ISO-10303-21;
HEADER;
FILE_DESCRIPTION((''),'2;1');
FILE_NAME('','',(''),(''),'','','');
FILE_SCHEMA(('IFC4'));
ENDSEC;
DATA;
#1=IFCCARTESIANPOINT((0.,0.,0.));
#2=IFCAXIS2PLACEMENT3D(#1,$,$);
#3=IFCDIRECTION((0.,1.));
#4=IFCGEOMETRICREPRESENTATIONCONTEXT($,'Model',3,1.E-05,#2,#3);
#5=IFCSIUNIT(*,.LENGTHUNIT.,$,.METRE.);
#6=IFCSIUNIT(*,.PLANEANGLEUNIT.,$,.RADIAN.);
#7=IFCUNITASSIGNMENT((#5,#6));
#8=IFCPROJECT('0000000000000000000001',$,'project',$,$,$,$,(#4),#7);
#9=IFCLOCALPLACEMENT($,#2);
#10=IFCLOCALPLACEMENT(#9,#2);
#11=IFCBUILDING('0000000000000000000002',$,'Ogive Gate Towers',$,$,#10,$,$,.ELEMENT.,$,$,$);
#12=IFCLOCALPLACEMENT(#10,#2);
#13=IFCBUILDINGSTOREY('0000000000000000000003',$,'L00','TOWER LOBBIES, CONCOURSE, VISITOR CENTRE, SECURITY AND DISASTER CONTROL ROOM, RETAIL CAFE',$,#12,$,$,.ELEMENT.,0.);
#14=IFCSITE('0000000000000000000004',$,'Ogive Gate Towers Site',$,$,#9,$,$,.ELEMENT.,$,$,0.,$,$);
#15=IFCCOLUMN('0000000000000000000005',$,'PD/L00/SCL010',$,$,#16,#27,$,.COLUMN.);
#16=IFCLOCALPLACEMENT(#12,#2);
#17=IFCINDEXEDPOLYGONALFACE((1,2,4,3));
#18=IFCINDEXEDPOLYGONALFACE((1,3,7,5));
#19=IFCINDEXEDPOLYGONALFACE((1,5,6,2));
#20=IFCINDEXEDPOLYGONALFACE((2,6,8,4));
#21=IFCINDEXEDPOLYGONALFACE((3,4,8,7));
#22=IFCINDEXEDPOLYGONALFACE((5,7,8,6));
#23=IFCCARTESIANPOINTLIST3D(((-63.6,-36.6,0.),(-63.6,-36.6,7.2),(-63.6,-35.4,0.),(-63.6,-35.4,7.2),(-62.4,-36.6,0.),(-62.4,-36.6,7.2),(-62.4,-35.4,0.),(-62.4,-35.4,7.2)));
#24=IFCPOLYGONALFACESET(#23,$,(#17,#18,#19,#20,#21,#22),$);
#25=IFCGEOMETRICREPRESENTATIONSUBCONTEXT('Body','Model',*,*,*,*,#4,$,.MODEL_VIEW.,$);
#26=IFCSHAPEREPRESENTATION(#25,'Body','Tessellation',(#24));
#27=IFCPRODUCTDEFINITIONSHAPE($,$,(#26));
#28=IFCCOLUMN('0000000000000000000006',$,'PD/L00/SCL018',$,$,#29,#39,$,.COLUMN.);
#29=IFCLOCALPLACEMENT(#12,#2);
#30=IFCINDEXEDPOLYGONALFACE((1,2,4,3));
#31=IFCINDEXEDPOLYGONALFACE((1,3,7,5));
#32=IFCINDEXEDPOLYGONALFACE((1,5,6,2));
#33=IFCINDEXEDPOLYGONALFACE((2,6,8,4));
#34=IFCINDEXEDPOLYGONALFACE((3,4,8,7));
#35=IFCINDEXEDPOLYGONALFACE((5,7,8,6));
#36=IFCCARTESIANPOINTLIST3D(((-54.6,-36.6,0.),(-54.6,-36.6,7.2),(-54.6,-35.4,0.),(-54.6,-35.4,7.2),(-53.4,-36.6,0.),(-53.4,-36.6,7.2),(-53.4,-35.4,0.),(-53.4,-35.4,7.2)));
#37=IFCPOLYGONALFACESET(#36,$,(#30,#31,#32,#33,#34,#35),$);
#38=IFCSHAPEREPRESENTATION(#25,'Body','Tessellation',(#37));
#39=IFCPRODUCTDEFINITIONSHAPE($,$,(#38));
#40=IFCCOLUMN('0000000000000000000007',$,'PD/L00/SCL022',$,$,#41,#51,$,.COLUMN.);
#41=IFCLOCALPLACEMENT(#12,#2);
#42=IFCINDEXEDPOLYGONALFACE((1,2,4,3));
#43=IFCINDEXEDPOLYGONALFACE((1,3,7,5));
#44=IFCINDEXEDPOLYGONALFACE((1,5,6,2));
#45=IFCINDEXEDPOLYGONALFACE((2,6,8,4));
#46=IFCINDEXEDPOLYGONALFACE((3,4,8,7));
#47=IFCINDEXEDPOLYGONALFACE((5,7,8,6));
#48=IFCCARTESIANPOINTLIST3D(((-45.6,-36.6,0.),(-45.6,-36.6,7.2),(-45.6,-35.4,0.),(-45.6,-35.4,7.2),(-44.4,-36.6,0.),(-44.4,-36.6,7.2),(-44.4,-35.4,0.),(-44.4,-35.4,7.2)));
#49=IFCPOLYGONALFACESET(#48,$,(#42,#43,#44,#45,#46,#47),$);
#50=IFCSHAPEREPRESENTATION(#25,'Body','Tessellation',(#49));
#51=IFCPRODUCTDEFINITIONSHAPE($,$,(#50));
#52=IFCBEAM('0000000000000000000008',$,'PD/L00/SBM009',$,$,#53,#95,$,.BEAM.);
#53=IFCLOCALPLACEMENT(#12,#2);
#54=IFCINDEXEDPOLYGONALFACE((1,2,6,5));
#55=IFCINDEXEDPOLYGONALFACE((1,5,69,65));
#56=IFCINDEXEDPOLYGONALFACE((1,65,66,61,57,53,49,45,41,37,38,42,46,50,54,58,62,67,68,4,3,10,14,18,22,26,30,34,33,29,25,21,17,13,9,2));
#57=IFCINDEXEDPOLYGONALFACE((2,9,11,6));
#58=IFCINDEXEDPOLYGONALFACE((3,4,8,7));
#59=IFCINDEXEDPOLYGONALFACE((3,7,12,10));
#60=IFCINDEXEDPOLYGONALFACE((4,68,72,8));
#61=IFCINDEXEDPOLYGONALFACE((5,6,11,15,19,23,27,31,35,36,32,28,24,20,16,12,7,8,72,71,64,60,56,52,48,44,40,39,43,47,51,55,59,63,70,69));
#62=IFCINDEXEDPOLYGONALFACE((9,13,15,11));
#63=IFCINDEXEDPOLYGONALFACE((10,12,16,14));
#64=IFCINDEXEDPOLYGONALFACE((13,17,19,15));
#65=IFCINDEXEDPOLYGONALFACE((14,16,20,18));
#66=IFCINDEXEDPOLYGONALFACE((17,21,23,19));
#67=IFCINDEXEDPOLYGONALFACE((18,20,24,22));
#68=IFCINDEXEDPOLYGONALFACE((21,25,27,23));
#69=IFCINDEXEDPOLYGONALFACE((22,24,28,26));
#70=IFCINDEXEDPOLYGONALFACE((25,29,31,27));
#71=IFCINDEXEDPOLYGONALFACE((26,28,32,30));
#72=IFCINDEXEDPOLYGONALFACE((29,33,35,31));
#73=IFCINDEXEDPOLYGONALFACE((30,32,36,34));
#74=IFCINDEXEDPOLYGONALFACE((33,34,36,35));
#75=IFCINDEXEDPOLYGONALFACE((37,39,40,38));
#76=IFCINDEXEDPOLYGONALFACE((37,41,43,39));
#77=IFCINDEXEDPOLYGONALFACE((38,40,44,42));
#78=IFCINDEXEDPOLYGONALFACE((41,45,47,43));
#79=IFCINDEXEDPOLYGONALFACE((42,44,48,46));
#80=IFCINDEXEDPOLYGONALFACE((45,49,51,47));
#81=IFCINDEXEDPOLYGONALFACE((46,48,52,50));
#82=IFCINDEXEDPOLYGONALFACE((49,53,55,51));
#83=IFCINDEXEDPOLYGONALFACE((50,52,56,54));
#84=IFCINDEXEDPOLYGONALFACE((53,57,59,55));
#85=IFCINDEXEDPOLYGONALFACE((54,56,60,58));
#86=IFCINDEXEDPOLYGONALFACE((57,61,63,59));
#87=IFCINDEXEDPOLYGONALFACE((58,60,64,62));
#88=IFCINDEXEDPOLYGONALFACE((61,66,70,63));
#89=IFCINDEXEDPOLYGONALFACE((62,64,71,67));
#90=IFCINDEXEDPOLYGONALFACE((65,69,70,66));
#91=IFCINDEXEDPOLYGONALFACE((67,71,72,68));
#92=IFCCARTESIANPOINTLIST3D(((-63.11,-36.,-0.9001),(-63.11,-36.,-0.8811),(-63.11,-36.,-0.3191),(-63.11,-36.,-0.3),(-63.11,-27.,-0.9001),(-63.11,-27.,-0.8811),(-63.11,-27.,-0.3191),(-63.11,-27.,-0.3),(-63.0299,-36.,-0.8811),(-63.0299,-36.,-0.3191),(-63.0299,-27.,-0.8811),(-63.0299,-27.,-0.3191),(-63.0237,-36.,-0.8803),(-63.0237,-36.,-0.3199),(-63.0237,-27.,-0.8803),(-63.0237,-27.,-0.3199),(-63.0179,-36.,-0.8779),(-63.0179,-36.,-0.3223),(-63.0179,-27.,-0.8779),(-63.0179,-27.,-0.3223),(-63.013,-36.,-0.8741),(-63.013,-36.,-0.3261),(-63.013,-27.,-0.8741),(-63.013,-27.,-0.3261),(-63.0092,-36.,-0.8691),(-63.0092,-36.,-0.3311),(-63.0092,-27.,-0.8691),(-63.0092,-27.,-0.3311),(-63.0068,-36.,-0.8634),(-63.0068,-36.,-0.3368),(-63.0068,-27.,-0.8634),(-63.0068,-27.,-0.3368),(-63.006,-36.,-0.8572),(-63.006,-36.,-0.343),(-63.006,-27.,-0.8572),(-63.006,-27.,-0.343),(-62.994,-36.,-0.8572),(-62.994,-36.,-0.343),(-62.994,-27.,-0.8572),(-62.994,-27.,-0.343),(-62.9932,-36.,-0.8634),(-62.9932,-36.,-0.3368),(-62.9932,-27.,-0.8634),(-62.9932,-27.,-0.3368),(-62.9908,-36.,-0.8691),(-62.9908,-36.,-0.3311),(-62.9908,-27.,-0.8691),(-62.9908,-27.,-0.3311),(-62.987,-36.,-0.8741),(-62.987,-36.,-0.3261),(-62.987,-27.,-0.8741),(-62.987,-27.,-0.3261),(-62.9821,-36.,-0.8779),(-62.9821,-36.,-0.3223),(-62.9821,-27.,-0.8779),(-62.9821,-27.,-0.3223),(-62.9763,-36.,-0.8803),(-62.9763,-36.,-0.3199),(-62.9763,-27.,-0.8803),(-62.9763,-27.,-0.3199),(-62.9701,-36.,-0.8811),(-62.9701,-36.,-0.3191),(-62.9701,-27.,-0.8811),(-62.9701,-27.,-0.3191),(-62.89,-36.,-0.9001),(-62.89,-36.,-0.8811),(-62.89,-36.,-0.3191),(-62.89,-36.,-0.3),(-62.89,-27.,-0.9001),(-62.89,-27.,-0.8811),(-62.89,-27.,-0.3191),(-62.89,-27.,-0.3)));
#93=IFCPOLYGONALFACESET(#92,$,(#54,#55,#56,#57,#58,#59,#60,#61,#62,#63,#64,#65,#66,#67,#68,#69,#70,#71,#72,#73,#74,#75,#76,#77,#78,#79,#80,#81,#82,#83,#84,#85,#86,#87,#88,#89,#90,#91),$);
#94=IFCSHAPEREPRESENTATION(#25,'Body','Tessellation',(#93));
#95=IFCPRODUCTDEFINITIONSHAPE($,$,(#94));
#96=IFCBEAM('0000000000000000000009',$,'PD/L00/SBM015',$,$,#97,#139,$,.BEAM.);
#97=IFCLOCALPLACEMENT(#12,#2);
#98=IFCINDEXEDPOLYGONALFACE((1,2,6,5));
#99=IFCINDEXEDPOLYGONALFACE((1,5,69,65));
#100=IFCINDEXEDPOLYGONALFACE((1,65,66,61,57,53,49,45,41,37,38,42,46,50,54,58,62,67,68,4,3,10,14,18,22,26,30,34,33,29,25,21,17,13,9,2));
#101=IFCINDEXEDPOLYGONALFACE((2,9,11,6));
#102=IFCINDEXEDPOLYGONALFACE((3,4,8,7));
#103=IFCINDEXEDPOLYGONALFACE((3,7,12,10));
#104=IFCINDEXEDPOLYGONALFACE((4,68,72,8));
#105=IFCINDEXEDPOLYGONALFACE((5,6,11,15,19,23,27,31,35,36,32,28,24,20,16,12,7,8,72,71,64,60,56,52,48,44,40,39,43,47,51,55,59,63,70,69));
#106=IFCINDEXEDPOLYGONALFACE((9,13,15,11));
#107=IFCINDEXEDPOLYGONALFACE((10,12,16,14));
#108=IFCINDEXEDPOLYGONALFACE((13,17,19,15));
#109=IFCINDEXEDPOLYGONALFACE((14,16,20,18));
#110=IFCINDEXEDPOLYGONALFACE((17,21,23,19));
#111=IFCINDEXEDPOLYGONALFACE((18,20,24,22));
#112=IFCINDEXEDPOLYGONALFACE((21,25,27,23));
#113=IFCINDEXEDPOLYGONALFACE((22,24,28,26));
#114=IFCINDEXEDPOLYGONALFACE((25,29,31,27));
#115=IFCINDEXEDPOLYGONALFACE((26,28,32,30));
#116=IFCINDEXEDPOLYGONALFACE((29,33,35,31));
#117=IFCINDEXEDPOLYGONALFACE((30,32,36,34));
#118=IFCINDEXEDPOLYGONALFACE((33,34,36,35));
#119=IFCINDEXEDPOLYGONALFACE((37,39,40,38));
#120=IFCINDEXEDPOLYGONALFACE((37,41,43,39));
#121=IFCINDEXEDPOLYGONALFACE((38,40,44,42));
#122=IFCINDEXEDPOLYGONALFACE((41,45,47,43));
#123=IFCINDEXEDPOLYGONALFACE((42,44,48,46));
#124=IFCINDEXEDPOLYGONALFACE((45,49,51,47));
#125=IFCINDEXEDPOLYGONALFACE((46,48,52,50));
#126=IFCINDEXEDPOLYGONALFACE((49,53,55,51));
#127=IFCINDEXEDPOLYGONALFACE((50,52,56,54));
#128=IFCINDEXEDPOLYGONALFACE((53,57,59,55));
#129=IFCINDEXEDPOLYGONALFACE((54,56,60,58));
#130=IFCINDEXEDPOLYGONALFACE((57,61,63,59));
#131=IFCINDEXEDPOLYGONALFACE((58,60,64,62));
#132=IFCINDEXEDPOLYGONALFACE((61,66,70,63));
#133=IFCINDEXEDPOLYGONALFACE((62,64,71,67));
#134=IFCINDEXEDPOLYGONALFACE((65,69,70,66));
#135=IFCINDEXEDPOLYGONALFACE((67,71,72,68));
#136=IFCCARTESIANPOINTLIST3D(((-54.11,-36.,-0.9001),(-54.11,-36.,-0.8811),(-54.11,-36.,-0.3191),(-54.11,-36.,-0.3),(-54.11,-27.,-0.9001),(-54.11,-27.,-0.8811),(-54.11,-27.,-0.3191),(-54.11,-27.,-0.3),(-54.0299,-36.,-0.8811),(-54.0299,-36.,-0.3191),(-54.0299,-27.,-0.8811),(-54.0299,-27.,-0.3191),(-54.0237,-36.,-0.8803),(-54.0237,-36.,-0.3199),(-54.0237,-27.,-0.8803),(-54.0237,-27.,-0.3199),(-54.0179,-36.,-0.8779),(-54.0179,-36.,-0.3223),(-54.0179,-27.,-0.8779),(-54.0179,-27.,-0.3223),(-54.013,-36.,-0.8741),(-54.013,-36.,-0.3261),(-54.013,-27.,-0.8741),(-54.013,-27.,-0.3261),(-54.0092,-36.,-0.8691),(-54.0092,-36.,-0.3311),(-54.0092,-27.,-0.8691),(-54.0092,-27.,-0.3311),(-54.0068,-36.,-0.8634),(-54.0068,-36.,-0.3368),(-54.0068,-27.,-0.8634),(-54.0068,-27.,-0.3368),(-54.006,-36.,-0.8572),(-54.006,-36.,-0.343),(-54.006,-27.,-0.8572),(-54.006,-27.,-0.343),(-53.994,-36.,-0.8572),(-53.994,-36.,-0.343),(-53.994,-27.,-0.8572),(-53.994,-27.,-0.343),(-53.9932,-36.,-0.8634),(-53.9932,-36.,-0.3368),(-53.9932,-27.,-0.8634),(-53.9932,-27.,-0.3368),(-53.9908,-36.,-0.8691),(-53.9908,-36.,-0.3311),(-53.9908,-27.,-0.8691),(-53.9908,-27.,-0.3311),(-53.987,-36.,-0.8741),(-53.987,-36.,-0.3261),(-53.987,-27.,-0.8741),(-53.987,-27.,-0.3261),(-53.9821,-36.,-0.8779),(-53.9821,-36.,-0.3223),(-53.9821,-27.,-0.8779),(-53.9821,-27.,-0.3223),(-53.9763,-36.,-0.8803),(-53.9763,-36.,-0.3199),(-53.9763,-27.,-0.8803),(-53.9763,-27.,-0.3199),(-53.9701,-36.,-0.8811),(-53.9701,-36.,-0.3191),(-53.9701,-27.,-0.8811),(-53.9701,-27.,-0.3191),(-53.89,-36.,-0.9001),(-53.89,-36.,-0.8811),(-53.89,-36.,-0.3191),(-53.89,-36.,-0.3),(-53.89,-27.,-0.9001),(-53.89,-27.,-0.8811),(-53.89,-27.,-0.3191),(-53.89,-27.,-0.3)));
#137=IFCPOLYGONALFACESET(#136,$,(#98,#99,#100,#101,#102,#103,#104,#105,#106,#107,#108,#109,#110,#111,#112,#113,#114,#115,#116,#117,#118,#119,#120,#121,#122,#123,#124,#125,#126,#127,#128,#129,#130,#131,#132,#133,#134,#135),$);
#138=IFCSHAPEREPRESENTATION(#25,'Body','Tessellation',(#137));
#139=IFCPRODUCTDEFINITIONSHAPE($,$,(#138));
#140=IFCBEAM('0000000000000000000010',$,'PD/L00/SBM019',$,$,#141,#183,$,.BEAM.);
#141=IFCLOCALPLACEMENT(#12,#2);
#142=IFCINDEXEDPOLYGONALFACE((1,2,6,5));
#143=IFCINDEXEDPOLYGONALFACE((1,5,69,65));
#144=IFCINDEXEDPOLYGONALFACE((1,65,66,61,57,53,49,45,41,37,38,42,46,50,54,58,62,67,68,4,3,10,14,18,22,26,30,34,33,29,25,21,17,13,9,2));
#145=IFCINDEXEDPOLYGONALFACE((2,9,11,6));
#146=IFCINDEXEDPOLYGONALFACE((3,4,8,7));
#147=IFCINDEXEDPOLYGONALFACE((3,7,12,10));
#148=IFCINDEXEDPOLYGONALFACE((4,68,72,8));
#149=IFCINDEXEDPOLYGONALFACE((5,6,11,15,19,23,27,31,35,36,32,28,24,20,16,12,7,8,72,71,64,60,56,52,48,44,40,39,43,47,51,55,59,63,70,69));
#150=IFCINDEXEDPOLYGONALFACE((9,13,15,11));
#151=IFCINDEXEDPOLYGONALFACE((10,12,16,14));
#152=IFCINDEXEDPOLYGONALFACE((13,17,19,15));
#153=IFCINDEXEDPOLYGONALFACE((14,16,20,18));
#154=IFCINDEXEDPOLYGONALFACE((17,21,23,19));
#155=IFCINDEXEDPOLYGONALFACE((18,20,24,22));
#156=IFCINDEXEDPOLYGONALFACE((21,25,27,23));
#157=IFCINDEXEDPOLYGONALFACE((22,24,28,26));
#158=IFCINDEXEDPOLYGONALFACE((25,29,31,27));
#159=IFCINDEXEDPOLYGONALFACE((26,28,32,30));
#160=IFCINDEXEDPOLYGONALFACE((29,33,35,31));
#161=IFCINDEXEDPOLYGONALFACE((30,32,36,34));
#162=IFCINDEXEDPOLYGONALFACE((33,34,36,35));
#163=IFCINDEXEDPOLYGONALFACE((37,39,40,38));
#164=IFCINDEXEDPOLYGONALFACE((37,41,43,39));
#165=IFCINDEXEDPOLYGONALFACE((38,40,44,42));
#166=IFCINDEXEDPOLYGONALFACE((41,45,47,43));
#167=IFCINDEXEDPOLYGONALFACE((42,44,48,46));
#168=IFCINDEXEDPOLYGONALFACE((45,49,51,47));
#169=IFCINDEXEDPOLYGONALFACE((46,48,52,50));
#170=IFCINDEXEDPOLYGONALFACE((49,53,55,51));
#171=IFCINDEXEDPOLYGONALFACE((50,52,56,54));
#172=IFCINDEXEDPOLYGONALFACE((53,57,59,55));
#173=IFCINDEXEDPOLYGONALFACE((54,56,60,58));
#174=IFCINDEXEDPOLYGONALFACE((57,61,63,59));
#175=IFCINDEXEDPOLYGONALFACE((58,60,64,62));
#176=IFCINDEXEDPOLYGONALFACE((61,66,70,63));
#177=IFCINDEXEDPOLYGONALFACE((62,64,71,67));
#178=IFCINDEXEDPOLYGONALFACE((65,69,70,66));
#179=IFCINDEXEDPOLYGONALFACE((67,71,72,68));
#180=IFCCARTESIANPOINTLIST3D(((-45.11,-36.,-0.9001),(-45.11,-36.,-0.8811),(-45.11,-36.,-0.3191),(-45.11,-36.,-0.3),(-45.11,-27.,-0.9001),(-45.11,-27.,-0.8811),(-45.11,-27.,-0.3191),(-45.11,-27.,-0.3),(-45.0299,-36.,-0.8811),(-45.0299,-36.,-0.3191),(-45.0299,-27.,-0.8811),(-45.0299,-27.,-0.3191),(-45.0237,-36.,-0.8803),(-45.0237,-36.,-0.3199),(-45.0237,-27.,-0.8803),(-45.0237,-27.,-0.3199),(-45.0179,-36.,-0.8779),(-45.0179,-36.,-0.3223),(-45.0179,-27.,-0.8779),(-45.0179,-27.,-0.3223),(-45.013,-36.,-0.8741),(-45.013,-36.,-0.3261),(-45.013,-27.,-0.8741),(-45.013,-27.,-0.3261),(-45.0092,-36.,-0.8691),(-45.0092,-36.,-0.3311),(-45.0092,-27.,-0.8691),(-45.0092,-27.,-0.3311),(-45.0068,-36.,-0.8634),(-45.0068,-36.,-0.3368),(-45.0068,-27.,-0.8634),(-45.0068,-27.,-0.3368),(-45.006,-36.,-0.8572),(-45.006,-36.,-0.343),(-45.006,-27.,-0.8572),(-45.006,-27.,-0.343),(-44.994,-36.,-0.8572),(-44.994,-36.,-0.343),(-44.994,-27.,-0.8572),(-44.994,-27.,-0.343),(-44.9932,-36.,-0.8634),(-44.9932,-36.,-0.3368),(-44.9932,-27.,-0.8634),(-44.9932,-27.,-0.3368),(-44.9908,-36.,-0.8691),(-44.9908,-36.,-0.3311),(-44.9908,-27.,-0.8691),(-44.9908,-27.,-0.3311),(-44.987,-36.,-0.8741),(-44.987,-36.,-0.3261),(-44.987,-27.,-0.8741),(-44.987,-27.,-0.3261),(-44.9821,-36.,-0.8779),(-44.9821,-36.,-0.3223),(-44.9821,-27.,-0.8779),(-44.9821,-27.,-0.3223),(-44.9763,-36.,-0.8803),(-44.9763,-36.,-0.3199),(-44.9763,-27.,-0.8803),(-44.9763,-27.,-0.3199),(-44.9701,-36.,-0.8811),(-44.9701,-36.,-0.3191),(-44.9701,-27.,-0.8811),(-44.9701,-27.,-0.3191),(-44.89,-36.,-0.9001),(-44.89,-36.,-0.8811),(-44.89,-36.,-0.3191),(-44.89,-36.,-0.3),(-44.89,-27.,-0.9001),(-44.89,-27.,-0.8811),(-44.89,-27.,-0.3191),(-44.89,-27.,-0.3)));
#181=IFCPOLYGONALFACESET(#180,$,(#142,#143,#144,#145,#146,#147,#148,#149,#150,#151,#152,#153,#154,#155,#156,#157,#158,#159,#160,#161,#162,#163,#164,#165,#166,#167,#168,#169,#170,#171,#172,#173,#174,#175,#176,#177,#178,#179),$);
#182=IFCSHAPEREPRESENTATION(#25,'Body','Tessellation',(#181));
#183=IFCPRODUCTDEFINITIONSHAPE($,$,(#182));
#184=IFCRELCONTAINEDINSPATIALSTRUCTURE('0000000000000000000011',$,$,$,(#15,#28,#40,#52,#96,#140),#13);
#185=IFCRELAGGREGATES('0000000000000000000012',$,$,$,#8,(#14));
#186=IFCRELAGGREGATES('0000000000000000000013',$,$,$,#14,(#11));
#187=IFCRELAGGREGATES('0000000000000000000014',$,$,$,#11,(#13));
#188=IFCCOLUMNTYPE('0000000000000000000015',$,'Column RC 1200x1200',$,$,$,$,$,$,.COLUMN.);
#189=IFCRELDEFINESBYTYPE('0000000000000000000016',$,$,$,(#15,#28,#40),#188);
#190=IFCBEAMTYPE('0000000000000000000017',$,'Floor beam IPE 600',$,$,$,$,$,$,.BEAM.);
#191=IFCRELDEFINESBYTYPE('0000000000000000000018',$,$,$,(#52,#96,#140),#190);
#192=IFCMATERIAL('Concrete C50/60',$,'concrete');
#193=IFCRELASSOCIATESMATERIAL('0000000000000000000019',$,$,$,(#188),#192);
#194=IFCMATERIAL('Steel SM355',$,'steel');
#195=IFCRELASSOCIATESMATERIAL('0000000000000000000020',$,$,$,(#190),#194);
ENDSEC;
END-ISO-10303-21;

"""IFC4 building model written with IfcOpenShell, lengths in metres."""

from ifc_helpers import new_model, si_unit, direction, frame, origin, origin_2d, place, context, subcontext, project, spatial, rectangle, i_section, extrude, material, material_profile, profile_set, type_object, element, save


model = new_model("IFC4")

# Units and contexts
model_context = context("Model", 3, precision=1e-05, world=origin(), true_north=direction((0.0, 1.0)))
body_context = subcontext(model_context, "Body", "Model", "MODEL_VIEW")
ifc_project = project(units=[si_unit("LENGTHUNIT", "METRE"), si_unit("PLANEANGLEUNIT", "RADIAN")], contexts=[model_context])

# Site, building, storey
site_placement = place(None, origin())
site = spatial("IfcSite", under=ifc_project, at=site_placement, Name="Ogive Gate Towers Site", CompositionType="ELEMENT", RefElevation=0.0)
building_placement = place(site_placement, origin())
building = spatial("IfcBuilding", under=site, at=building_placement, Name="Ogive Gate Towers", CompositionType="ELEMENT")
storey_placement = place(building_placement, origin())
storey = spatial("IfcBuildingStorey", under=building, at=storey_placement, Name="L00", Description="TOWER LOBBIES, CONCOURSE, VISITOR CENTRE, SECURITY AND DISASTER CONTROL ROOM, RETAIL CAFE", CompositionType="ELEMENT", Elevation=0.0)

# Columns
ifc_material_1 = material(Name="Concrete C50/60", Category="concrete")
ifc_material_profile_1 = material_profile(ifc_material_1, rectangle(XDim=1.2, YDim=1.2, at=origin_2d()), Name="RC 1200x1200")
ifc_profile_set_1 = profile_set([ifc_material_profile_1], Name="Concrete C50/60")
column_type = type_object("IfcColumnType", Name="Column RC 1200x1200", PredefinedType="COLUMN", material=ifc_profile_set_1)
for number, where, z_axis, x_axis, name in (
    (1, (-63.0, -36.0, 0.0), (0.0, 0.0, 1.0), (1.0, 0.0, 0.0), "PD/L00/SCL010"),
    (2, (-54.0, -36.0, 0.0), (0.0, 0.0, 1.0), (1.0, 0.0, 0.0), "PD/L00/SCL018"),
    (3, (-45.0, -36.0, 0.0), (0.0, 0.0, 1.0), (1.0, 0.0, 0.0), "PD/L00/SCL022"),
):
    element("IfcColumn", number, at=place(storey_placement, frame(where, z_axis=z_axis, x_axis=x_axis)), inside=storey, type_object=column_type, Name=name, PredefinedType="COLUMN", context=body_context, shape_type="SweptSolid", body=[
        extrude(rectangle(XDim=1.2, YDim=1.2, at=origin_2d()), origin(), (0.0, 0.0, 1.0), 7.2),
    ])

# Beams
ifc_material_2 = material(Name="Steel SM355", Category="steel")
ifc_material_profile_2 = material_profile(ifc_material_2, i_section(OverallWidth=0.22, OverallDepth=0.6001, WebThickness=0.012, FlangeThickness=0.019, FilletRadius=0.0239, at=origin_2d()), Name="IPE 600")
ifc_profile_set_2 = profile_set([ifc_material_profile_2], Name="Steel SM355")
beam_type = type_object("IfcBeamType", Name="Floor beam IPE 600", PredefinedType="BEAM", material=ifc_profile_set_2)
for number, where, z_axis, x_axis, name in (
    (4, (-63.0, -36.0, -0.6001), (0.0, 1.0, 0.0), (-1.0, 0.0, 0.0), "PD/L00/SBM009"),
    (5, (-54.0, -36.0, -0.6001), (0.0, 1.0, 0.0), (-1.0, 0.0, 0.0), "PD/L00/SBM015"),
    (6, (-45.0, -36.0, -0.6001), (0.0, 1.0, 0.0), (-1.0, 0.0, 0.0), "PD/L00/SBM019"),
):
    element("IfcBeam", number, at=place(storey_placement, frame(where, z_axis=z_axis, x_axis=x_axis)), inside=storey, type_object=beam_type, Name=name, PredefinedType="BEAM", context=body_context, shape_type="SweptSolid", body=[
        extrude(i_section(OverallWidth=0.22, OverallDepth=0.6001, WebThickness=0.012, FlangeThickness=0.019, FilletRadius=0.0239, at=origin_2d()), origin(), (0.0, 0.0, 1.0), 9.0),
    ])

save(model, "model.ifc")
